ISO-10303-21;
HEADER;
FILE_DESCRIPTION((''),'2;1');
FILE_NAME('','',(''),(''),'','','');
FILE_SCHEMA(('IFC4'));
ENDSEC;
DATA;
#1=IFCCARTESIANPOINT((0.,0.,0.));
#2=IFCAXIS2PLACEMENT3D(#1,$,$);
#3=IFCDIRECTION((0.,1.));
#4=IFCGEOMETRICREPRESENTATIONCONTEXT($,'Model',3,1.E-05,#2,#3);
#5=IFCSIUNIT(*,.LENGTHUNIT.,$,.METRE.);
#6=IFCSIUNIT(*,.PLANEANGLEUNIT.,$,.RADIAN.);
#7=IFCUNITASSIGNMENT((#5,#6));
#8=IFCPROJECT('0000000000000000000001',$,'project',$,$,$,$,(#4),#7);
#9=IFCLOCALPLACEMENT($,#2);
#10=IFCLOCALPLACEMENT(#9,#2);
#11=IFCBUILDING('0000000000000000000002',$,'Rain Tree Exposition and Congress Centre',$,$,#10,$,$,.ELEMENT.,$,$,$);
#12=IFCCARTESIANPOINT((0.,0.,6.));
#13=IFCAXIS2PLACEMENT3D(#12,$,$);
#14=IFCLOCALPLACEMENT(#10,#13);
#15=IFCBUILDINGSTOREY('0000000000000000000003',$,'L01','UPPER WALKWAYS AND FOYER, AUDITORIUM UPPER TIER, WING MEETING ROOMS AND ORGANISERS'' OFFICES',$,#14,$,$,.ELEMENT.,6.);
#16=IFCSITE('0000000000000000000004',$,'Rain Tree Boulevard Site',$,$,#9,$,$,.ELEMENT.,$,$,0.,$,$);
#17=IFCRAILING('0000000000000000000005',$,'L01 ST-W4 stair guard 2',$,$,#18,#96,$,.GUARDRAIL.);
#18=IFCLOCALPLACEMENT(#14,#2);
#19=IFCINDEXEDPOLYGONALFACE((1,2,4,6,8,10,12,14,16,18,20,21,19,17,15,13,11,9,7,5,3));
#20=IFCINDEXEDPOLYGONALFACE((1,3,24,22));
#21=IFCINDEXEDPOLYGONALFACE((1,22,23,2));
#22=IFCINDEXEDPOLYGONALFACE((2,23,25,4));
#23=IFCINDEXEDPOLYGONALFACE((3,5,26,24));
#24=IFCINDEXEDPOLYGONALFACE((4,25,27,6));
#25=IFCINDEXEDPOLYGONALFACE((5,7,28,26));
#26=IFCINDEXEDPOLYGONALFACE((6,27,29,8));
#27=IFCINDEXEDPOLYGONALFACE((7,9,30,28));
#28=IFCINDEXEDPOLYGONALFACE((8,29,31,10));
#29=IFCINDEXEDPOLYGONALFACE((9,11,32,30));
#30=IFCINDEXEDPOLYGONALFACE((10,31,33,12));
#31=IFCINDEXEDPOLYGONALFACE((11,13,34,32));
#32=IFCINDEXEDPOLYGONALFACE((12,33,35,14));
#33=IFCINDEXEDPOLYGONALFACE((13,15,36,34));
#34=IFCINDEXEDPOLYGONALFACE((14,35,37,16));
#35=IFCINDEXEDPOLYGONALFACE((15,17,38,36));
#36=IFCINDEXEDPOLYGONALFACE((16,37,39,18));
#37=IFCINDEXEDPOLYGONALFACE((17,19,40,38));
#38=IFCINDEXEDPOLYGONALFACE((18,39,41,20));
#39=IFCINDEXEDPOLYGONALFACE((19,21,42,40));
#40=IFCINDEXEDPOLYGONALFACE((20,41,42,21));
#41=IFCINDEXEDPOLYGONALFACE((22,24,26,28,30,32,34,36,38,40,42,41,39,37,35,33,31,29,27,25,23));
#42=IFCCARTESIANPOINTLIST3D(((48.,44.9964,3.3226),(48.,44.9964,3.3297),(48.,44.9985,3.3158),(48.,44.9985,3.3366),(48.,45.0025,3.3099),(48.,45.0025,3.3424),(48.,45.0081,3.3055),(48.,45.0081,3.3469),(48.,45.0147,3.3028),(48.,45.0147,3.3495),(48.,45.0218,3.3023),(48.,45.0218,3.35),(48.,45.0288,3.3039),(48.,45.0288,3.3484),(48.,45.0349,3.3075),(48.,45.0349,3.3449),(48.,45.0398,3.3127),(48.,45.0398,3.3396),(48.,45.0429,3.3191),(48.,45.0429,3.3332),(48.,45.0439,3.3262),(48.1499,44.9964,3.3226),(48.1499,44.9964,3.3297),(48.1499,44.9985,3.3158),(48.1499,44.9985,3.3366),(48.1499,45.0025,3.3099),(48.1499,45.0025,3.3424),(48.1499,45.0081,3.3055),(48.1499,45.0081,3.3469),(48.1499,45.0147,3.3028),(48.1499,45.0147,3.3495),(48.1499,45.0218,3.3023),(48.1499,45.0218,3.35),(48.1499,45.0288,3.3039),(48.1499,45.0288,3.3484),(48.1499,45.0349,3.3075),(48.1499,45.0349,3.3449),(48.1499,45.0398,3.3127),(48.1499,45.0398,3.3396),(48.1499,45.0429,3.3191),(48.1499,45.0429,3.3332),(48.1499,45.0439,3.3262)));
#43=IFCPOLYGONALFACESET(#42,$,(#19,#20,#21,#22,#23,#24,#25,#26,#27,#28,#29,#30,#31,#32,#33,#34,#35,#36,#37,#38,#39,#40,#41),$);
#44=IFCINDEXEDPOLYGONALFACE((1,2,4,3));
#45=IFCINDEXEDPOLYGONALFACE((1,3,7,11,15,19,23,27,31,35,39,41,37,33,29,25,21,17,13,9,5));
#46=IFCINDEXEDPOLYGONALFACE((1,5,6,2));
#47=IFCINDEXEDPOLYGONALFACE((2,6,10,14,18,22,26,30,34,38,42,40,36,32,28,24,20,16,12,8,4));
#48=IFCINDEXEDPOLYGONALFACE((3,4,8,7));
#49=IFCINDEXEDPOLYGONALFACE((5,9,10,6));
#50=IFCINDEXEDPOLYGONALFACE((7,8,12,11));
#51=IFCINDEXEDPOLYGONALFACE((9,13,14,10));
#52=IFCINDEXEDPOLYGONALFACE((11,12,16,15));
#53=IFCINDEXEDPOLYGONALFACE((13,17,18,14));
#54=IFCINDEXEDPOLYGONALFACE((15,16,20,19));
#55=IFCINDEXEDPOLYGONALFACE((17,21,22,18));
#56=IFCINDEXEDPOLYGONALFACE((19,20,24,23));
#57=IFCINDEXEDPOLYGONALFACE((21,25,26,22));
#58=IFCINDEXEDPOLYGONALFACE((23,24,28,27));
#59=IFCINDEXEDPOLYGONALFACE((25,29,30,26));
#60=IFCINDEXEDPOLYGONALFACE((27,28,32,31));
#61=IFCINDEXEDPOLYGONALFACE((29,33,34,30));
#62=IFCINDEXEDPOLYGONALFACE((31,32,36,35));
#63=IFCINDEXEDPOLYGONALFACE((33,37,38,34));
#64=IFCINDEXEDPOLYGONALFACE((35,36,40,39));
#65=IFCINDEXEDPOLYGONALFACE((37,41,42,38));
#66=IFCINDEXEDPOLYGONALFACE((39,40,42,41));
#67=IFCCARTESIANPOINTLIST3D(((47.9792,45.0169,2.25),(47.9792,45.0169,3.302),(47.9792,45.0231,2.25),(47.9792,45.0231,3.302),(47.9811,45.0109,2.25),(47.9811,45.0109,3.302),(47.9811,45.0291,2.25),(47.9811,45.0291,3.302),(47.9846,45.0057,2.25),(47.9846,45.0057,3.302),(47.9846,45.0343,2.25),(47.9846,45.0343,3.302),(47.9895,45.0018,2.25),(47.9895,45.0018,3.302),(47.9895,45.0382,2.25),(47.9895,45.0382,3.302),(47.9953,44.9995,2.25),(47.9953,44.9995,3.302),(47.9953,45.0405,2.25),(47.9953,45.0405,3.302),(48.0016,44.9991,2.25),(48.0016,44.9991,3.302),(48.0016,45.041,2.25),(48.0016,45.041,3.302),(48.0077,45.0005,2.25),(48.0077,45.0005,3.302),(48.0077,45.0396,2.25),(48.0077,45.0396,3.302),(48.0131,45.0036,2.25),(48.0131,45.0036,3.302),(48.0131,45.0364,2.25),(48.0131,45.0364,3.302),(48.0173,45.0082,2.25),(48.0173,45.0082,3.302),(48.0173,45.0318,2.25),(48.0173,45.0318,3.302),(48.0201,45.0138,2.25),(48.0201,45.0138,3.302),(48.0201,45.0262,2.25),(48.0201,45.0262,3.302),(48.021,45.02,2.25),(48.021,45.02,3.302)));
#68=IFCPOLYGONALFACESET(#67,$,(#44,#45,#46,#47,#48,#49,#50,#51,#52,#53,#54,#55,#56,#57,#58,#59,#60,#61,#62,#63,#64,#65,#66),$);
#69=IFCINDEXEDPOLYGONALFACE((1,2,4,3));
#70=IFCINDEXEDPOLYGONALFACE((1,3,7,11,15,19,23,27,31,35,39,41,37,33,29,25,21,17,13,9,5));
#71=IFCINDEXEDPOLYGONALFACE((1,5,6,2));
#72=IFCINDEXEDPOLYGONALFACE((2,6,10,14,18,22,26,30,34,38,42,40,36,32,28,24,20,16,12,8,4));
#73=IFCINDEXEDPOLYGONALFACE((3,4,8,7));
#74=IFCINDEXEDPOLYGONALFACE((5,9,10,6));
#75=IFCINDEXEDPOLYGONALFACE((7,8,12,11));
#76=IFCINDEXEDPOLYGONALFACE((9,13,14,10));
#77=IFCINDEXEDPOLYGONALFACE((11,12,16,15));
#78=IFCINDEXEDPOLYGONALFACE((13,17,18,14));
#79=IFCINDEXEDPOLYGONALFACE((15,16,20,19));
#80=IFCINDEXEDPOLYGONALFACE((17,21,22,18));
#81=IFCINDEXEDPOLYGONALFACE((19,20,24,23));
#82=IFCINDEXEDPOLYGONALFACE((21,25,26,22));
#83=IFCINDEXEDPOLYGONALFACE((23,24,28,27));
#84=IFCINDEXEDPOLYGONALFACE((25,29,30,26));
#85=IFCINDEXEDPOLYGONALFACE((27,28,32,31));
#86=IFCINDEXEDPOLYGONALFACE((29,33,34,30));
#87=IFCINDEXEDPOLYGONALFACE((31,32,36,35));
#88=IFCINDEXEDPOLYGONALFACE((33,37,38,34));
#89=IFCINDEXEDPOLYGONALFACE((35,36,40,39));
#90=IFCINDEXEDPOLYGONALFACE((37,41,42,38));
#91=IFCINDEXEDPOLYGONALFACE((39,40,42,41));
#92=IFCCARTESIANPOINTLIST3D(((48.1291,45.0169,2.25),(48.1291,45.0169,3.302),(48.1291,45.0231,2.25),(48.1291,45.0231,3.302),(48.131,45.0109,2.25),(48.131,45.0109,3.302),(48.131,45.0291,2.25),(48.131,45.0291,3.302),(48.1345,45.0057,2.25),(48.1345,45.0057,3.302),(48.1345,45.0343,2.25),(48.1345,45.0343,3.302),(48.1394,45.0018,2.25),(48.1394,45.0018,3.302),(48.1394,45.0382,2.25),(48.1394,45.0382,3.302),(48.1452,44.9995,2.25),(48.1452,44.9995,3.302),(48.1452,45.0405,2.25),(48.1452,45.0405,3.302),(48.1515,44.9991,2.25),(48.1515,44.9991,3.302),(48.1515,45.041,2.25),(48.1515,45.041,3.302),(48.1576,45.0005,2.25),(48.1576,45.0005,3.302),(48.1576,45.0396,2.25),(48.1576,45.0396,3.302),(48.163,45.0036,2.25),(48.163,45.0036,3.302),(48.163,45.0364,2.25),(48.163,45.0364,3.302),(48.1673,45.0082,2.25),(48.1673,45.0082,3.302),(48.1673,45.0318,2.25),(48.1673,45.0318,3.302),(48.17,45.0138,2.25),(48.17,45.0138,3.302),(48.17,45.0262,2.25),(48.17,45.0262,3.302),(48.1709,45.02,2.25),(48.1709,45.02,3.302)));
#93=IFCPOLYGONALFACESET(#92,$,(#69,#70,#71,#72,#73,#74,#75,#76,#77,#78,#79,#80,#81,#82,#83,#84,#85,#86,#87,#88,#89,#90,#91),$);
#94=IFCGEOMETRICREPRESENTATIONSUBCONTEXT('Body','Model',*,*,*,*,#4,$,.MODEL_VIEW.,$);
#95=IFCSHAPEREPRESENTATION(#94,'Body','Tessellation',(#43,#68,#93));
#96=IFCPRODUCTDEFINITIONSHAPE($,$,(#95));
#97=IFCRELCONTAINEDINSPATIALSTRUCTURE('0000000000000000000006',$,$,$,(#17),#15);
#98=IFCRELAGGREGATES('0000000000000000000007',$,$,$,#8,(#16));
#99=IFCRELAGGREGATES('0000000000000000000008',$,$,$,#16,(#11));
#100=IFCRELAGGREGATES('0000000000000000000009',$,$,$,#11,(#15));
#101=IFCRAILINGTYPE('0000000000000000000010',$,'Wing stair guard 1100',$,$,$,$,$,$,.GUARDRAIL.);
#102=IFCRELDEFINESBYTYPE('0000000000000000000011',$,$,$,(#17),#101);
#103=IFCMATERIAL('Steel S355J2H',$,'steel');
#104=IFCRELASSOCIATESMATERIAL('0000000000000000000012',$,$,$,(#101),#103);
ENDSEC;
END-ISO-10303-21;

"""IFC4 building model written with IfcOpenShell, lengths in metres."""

from ifc_helpers import new_model, si_unit, direction, frame, origin, origin_2d, place, context, subcontext, project, spatial, circle, extrude, material, type_object, element, save


model = new_model("IFC4")

# Units and contexts
model_context = context("Model", 3, precision=1e-05, world=origin(), true_north=direction((0.0, 1.0)))
body_context = subcontext(model_context, "Body", "Model", "MODEL_VIEW")
ifc_project = project(units=[si_unit("LENGTHUNIT", "METRE"), si_unit("PLANEANGLEUNIT", "RADIAN")], contexts=[model_context])

# Site, building, storey
site_placement = place(None, origin())
site = spatial("IfcSite", under=ifc_project, at=site_placement, Name="Rain Tree Boulevard Site", CompositionType="ELEMENT", RefElevation=0.0)
building_placement = place(site_placement, origin())
building = spatial("IfcBuilding", under=site, at=building_placement, Name="Rain Tree Exposition and Congress Centre", CompositionType="ELEMENT")
storey_placement = place(building_placement, frame((0.0, 0.0, 6.0)))
storey = spatial("IfcBuildingStorey", under=building, at=storey_placement, Name="L01", Description="UPPER WALKWAYS AND FOYER, AUDITORIUM UPPER TIER, WING MEETING ROOMS AND ORGANISERS' OFFICES", CompositionType="ELEMENT", Elevation=6.0)

# Railing
ifc_material_1 = material(Name="Steel S355J2H", Category="steel")
railing_type_1 = type_object("IfcRailingType", Name="Wing stair guard 1100", PredefinedType="GUARDRAIL", material=ifc_material_1)
railing_1_placement = place(storey_placement, frame((48.0, 45.02, 2.25)))
element("IfcRailing", 1, at=railing_1_placement, inside=storey, type_object=railing_type_1, Name="L01 ST-W4 stair guard 2", PredefinedType="GUARDRAIL", context=body_context, shape_type="SweptSolid", body=[
    extrude(circle(Radius=0.0239, at=origin_2d()), frame((0.0, 0.0, 1.0762), z_axis=(1.0, 0.0, 0.0), x_axis=(0.0, 1.0, 0.0)), (0.0, 0.0, 1.0), 0.1499),
    extrude(circle(Radius=0.021, at=origin_2d()), origin(), (0.0, 0.0, 1.0), 1.052),
    extrude(circle(Radius=0.021, at=origin_2d()), frame((0.1499, 0.0, 0.0)), (0.0, 0.0, 1.0), 1.052),
])

save(model, "model.ifc")
